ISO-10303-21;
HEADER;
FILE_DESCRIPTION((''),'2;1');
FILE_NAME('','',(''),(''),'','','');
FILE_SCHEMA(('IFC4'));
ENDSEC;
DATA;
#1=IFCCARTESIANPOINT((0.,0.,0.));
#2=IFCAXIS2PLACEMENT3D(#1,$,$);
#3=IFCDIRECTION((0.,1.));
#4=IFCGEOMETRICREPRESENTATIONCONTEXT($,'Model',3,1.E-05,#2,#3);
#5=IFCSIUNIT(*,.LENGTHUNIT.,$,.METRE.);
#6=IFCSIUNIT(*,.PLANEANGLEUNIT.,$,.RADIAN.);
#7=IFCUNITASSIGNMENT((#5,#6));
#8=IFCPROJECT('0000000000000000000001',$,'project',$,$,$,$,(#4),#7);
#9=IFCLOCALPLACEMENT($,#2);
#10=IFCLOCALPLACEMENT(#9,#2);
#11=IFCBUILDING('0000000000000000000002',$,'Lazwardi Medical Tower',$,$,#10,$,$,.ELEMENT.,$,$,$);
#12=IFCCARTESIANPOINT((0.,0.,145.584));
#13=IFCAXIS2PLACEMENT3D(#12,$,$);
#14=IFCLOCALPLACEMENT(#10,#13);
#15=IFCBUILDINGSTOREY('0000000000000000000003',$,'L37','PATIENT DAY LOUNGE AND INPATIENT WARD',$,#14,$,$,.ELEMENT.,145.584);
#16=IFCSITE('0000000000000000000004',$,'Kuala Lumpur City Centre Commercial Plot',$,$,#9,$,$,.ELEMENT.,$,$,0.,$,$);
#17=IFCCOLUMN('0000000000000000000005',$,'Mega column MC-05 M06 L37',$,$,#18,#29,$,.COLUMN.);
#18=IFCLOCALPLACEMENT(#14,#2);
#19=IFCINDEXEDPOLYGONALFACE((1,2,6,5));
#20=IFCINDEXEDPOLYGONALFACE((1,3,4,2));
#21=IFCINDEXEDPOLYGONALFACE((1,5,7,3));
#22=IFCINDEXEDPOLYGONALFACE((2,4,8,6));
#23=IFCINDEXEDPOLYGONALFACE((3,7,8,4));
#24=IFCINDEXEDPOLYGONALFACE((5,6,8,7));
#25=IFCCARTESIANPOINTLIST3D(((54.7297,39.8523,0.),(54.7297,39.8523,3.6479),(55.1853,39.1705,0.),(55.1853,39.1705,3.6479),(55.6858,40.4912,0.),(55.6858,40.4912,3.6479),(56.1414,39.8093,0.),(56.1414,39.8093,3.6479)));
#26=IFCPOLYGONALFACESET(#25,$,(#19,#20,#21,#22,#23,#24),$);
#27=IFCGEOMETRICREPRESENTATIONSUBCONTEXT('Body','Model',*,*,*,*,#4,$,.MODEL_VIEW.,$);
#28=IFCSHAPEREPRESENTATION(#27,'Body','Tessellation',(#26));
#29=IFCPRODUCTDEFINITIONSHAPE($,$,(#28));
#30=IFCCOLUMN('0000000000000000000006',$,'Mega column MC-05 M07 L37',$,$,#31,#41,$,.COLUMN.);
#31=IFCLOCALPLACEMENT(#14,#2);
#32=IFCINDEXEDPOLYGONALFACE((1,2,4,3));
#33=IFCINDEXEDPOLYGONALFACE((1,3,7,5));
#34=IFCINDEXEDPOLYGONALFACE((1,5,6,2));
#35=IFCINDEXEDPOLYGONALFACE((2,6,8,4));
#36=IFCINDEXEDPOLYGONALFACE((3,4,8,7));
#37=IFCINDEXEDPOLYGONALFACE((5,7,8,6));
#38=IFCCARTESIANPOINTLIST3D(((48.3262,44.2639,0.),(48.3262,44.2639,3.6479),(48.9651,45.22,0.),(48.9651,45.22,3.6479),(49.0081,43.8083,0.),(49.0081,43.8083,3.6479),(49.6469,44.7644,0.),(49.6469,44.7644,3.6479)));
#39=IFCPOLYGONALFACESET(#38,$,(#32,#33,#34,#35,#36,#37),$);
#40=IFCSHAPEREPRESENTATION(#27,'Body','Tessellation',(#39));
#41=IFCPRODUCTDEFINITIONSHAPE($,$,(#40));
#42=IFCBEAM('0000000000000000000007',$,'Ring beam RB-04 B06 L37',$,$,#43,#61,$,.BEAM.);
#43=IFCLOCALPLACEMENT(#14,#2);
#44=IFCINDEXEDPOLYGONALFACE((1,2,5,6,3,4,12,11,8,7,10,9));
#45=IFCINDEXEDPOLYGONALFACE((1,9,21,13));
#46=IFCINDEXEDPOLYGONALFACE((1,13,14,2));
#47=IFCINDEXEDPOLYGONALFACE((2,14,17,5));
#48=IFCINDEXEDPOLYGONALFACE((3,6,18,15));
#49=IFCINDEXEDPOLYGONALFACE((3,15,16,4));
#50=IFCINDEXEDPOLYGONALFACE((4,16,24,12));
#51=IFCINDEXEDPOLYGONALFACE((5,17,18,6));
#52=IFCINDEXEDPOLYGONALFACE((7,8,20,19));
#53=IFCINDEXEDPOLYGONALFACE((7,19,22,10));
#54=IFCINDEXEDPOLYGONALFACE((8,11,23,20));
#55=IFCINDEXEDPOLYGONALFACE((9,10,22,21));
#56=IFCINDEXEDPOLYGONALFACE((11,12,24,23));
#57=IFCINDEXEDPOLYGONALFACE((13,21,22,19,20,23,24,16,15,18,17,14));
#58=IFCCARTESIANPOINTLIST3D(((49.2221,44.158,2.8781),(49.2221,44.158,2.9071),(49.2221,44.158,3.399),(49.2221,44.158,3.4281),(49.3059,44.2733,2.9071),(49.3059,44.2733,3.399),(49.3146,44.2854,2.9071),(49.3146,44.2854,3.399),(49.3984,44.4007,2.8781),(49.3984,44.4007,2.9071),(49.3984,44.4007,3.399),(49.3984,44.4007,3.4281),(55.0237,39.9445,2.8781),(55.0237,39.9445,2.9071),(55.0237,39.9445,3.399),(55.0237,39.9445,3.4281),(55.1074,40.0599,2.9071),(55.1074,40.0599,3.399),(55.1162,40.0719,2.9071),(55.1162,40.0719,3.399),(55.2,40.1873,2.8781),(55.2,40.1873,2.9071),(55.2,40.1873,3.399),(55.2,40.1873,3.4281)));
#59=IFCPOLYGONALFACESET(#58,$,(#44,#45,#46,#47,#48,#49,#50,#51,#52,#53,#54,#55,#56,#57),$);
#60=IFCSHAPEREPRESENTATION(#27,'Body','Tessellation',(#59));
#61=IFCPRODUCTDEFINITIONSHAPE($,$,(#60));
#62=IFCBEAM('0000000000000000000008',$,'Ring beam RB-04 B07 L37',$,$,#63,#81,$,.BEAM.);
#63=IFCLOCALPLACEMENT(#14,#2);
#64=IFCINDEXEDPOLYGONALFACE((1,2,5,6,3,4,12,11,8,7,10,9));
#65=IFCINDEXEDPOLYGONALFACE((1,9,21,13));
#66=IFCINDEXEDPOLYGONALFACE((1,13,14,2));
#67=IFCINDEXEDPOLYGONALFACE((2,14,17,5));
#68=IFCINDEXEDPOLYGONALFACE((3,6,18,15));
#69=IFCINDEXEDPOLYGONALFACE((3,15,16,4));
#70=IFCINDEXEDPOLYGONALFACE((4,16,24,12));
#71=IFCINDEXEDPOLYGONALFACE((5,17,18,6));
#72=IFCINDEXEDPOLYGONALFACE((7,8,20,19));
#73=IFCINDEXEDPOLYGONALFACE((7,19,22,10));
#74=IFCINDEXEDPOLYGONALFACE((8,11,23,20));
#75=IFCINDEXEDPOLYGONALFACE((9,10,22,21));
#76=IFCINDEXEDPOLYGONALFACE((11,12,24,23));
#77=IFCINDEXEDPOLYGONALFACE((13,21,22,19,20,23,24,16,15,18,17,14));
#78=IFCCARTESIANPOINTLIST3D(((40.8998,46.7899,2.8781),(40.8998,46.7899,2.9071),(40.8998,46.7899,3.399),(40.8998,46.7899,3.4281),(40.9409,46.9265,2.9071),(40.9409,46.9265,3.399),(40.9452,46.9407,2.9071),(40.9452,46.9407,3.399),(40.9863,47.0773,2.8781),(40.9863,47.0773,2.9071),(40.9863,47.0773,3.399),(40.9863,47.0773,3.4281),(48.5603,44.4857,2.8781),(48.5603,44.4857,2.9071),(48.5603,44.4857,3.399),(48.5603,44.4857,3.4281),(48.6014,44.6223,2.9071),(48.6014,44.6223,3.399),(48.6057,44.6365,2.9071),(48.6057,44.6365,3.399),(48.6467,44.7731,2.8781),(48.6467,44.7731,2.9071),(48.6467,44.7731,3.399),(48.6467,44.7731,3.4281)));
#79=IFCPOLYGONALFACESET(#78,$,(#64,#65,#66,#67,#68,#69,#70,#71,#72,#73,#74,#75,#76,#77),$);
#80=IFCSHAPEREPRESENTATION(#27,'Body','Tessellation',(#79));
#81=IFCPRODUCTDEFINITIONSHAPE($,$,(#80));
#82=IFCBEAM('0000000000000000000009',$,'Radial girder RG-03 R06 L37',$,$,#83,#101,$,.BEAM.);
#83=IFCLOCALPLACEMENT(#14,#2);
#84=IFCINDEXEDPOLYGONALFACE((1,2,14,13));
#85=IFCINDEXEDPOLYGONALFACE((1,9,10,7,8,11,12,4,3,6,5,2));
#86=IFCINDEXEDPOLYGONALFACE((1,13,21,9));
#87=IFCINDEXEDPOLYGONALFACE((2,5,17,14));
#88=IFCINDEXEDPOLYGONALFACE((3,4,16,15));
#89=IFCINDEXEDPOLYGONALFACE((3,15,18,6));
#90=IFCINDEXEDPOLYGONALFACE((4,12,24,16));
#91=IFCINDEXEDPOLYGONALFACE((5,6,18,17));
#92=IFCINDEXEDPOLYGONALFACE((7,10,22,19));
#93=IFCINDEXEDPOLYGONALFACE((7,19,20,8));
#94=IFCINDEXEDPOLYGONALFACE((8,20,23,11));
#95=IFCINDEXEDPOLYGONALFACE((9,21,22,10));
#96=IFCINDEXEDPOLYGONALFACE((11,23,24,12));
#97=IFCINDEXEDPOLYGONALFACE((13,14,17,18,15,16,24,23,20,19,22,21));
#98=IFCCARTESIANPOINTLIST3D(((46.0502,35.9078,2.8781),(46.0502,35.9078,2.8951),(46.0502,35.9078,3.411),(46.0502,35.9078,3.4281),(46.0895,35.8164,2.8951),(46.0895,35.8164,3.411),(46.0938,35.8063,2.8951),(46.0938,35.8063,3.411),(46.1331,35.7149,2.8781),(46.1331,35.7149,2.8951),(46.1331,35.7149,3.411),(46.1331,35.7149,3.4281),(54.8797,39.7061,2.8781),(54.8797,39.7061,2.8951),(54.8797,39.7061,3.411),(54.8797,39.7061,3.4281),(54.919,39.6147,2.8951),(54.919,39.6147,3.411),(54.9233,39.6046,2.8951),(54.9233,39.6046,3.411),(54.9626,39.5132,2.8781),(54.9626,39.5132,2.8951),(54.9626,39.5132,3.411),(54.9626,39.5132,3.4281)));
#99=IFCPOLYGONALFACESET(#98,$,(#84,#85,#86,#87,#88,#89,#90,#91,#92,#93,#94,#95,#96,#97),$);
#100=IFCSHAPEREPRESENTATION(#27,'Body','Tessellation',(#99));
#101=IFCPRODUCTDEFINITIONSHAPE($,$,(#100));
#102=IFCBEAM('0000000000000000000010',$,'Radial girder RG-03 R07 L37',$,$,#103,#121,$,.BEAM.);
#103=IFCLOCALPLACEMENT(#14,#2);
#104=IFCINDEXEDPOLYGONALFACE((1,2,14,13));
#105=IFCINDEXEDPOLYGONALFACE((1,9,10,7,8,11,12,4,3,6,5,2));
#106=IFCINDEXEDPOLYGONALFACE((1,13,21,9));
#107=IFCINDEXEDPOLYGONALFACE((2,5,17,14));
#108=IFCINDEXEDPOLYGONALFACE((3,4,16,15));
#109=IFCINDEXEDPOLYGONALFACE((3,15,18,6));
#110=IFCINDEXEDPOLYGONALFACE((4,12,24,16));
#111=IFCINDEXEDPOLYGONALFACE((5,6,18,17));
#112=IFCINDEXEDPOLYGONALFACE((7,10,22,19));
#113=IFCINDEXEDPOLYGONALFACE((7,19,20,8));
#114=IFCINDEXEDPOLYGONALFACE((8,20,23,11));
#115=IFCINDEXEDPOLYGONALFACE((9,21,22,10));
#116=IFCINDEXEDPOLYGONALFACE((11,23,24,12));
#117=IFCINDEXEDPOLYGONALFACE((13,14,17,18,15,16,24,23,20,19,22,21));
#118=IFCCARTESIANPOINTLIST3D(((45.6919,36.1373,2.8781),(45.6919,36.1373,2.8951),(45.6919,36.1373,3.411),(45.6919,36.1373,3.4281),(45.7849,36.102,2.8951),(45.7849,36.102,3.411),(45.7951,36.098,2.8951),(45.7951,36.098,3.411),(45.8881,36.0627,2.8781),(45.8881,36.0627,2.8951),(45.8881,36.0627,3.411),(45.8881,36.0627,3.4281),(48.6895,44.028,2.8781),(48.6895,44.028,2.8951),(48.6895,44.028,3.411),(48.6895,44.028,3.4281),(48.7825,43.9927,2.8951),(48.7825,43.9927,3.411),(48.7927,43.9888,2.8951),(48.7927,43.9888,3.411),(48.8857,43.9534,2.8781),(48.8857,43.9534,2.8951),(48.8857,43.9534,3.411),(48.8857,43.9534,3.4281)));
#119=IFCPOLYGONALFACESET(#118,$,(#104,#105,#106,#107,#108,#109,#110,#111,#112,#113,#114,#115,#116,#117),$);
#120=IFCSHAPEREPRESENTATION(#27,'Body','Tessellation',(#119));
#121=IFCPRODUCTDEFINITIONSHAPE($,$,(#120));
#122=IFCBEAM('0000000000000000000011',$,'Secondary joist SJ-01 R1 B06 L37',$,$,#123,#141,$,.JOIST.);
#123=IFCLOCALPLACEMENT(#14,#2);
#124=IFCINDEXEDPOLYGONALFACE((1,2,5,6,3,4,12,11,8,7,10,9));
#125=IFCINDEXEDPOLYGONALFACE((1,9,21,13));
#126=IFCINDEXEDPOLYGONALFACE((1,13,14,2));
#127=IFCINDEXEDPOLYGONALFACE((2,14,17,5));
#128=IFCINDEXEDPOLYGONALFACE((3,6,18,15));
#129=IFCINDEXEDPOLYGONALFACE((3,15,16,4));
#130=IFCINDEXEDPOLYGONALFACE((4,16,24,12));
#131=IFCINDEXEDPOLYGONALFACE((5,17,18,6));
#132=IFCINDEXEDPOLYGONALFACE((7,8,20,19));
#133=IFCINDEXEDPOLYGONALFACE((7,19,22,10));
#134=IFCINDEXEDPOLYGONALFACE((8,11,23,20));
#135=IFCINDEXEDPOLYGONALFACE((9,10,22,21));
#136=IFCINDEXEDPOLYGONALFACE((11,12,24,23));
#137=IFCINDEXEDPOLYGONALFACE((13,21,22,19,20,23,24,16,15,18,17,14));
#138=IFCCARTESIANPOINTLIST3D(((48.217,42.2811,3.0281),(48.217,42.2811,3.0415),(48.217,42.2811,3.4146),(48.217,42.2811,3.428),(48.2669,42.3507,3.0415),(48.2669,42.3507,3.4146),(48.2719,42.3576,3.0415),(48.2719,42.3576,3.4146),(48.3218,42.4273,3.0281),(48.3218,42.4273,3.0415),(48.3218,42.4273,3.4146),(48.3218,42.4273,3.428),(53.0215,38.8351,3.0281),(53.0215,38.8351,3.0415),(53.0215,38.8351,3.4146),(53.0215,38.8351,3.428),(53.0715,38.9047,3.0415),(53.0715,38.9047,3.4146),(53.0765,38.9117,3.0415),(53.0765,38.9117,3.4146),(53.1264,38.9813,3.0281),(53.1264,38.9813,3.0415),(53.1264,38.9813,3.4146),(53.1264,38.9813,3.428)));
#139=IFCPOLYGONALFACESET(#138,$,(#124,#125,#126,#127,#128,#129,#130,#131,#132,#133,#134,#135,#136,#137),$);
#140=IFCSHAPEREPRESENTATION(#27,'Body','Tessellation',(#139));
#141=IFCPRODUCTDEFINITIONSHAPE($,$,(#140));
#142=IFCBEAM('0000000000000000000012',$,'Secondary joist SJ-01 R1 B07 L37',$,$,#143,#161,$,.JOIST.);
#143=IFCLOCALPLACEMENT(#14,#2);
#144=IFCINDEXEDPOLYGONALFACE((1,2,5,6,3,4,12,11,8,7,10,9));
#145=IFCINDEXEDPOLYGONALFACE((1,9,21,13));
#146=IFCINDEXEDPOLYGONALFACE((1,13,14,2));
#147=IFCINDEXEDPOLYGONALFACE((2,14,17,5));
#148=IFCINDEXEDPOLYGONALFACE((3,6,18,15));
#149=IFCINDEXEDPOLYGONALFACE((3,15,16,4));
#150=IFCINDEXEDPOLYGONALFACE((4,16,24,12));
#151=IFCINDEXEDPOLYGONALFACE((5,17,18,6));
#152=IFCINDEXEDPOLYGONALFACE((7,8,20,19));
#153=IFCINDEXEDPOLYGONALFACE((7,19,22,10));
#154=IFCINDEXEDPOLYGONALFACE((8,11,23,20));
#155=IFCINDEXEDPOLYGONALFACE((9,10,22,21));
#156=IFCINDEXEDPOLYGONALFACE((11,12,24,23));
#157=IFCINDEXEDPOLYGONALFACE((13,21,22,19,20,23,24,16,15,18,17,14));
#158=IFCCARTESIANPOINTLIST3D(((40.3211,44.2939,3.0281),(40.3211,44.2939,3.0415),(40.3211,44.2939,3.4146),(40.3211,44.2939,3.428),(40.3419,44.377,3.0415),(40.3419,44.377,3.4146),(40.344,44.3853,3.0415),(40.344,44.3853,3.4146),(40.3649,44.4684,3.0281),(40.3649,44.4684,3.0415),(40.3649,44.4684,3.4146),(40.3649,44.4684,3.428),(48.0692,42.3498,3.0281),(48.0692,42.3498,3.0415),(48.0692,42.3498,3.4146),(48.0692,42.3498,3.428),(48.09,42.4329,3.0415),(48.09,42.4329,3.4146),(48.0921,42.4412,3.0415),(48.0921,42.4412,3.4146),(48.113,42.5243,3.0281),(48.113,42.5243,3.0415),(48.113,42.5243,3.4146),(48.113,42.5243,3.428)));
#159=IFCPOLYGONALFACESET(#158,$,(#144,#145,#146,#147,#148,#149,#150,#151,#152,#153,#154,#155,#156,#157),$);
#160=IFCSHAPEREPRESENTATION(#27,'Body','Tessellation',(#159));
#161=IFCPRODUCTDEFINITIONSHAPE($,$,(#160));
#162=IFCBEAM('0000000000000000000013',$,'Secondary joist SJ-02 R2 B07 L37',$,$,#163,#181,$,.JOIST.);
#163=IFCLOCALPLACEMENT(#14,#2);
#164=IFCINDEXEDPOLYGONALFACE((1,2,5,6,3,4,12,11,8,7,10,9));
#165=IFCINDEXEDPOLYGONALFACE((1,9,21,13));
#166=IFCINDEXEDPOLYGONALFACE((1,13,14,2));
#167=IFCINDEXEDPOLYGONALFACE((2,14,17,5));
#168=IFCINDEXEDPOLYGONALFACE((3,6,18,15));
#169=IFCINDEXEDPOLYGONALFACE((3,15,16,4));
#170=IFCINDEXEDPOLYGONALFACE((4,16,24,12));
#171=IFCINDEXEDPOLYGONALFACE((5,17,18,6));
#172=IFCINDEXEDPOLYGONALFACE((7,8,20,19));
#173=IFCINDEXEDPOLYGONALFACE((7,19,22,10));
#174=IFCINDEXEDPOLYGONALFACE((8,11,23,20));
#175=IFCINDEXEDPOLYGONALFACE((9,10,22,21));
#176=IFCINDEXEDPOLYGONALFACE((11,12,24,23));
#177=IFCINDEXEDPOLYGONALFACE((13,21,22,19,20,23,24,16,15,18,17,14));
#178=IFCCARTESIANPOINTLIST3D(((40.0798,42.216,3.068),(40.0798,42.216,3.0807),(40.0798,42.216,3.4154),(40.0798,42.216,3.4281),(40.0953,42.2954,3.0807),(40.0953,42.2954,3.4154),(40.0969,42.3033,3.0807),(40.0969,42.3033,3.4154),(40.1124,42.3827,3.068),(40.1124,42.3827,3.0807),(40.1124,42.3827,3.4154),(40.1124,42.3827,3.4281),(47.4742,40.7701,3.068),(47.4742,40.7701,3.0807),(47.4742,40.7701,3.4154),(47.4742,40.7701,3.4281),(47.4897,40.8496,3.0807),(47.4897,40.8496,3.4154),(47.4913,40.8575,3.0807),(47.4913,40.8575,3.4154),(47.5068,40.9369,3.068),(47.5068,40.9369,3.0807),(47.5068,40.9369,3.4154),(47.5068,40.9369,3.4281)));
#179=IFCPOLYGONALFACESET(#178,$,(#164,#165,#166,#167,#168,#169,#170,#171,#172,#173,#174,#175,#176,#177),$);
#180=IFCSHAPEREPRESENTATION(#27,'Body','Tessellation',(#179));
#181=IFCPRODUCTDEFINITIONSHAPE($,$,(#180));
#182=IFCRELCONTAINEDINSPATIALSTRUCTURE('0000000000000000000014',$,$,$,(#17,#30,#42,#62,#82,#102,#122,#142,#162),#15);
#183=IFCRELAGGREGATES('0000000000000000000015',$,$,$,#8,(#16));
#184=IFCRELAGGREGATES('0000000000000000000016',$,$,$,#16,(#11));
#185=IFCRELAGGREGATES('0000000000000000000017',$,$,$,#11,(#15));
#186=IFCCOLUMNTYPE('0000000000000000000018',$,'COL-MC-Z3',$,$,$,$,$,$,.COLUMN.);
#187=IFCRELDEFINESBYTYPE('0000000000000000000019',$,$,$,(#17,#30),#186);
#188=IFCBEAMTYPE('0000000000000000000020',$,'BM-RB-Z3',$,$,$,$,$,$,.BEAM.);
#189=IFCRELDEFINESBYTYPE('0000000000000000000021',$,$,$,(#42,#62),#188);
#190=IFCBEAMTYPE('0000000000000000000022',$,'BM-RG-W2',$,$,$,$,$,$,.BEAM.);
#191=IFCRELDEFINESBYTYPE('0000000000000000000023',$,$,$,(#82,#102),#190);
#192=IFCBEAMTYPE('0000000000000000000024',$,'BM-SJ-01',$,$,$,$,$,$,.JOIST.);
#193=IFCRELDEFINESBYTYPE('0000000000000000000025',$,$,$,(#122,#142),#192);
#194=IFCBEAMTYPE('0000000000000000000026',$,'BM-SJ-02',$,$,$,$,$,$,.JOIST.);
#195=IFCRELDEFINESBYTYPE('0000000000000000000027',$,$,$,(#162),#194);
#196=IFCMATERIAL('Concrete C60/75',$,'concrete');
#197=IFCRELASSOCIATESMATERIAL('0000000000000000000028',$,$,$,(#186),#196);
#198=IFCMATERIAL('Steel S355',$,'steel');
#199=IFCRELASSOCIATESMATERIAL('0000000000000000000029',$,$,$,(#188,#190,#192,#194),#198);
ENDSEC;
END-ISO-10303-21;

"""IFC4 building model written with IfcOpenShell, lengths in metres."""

from ifc_helpers import new_model, si_unit, direction, frame, origin, origin_2d, place, context, subcontext, project, spatial, rectangle, i_section, extrude, material, material_profile, profile_set, type_object, element, save


model = new_model("IFC4")

# Units and contexts
model_context = context("Model", 3, precision=1e-05, world=origin(), true_north=direction((0.0, 1.0)))
body_context = subcontext(model_context, "Body", "Model", "MODEL_VIEW")
ifc_project = project(units=[si_unit("LENGTHUNIT", "METRE"), si_unit("PLANEANGLEUNIT", "RADIAN")], contexts=[model_context])

# Site, building, storey
site_placement = place(None, origin())
site = spatial("IfcSite", under=ifc_project, at=site_placement, Name="Kuala Lumpur City Centre Commercial Plot", CompositionType="ELEMENT", RefElevation=0.0)
building_placement = place(site_placement, origin())
building = spatial("IfcBuilding", under=site, at=building_placement, Name="Lazwardi Medical Tower", CompositionType="ELEMENT")
storey_placement = place(building_placement, frame((0.0, 0.0, 145.584)))
storey = spatial("IfcBuildingStorey", under=building, at=storey_placement, Name="L37", Description="PATIENT DAY LOUNGE AND INPATIENT WARD", CompositionType="ELEMENT", Elevation=145.584)

# Columns
ifc_material_1 = material(Name="Concrete C60/75", Category="concrete")
ifc_material_profile_1 = material_profile(ifc_material_1, rectangle(XDim=1.1499, YDim=0.8201, at=origin_2d()), Name="CFT-RECT 1150x820")
ifc_profile_set_1 = profile_set([ifc_material_profile_1], Name="Concrete C60/75")
column_type = type_object("IfcColumnType", Name="COL-MC-Z3", PredefinedType="COLUMN", material=ifc_profile_set_1)
for number, where, z_axis, x_axis, name in (
    (1, (55.4355, 39.8308, 0.0), (0.0, 0.0, 1.0), (0.83147, 0.55557, 0.0), "Mega column MC-05 M06 L37"),
    (2, (48.9866, 44.5142, 0.0), (0.0, 0.0, 1.0), (0.55557, 0.83147, 0.0), "Mega column MC-05 M07 L37"),
):
    element("IfcColumn", number, at=place(storey_placement, frame(where, z_axis=z_axis, x_axis=x_axis)), inside=storey, type_object=column_type, Name=name, PredefinedType="COLUMN", context=body_context, shape_type="SweptSolid", body=[
        extrude(rectangle(XDim=1.1499, YDim=0.8201, at=origin_2d()), origin(), (0.0, 0.0, 1.0), 3.6479),
    ])

# Beams
ifc_material_2 = material(Name="Steel S355", Category="steel")
ifc_material_profile_2 = material_profile(ifc_material_2, i_section(OverallWidth=0.3, OverallDepth=0.55, WebThickness=0.0149, FlangeThickness=0.0291, at=origin_2d()), Name="HEB 550")
ifc_profile_set_2 = profile_set([ifc_material_profile_2], Name="Steel S355")
beam_type_1 = type_object("IfcBeamType", Name="BM-RB-Z3", PredefinedType="BEAM", material=ifc_profile_set_2)
beam_1_placement = place(storey_placement, frame((55.1118, 40.0659, 3.1531), z_axis=(-0.809128, 0.587633, 0.0), x_axis=(-0.587633, -0.809128, 0.0)))
element("IfcBeam", 3, at=beam_1_placement, inside=storey, type_object=beam_type_1, Name="Ring beam RB-04 B06 L37", PredefinedType="BEAM", context=body_context, shape_type="SweptSolid", body=[
    extrude(i_section(OverallWidth=0.3, OverallDepth=0.55, WebThickness=0.0149, FlangeThickness=0.0291, at=origin_2d()), origin(), (0.0, 0.0, 1.0), 7.1702),
])
beam_2_placement = place(storey_placement, frame((48.6035, 44.6294, 3.1531), z_axis=(-0.957617, 0.288045, 0.0), x_axis=(-0.288045, -0.957617, 0.0)))
element("IfcBeam", 4, at=beam_2_placement, inside=storey, type_object=beam_type_1, Name="Ring beam RB-04 B07 L37", PredefinedType="BEAM", context=body_context, shape_type="SweptSolid", body=[
    extrude(i_section(OverallWidth=0.3, OverallDepth=0.55, WebThickness=0.0149, FlangeThickness=0.0291, at=origin_2d()), origin(), (0.0, 0.0, 1.0), 7.9995),
])
ifc_material_profile_3 = material_profile(ifc_material_2, i_section(OverallWidth=0.21, OverallDepth=0.55, WebThickness=0.011, FlangeThickness=0.0171, at=origin_2d()), Name="IPE 550")
ifc_profile_set_3 = profile_set([ifc_material_profile_3], Name="Steel S355")
beam_type_2 = type_object("IfcBeamType", Name="BM-RG-W2", PredefinedType="BEAM", material=ifc_profile_set_3)
beam_3_placement = place(storey_placement, frame((54.9211, 39.6096, 3.1531), z_axis=(-0.918608, -0.39517, 0.0), x_axis=(0.39517, -0.918608, 0.0)))
element("IfcBeam", 5, at=beam_3_placement, inside=storey, type_object=beam_type_2, Name="Radial girder RG-03 R06 L37", PredefinedType="BEAM", context=body_context, shape_type="SweptSolid", body=[
    extrude(i_section(OverallWidth=0.21, OverallDepth=0.55, WebThickness=0.011, FlangeThickness=0.0171, at=origin_2d()), origin(), (0.0, 0.0, 1.0), 9.6118),
])
beam_4_placement = place(storey_placement, frame((48.7876, 43.9907, 3.1531), z_axis=(-0.355127, -0.934818, 0.0), x_axis=(0.934818, -0.355127, 0.0)))
element("IfcBeam", 6, at=beam_4_placement, inside=storey, type_object=beam_type_2, Name="Radial girder RG-03 R07 L37", PredefinedType="BEAM", context=body_context, shape_type="SweptSolid", body=[
    extrude(i_section(OverallWidth=0.21, OverallDepth=0.55, WebThickness=0.011, FlangeThickness=0.0171, at=origin_2d()), origin(), (0.0, 0.0, 1.0), 8.4409),
])
ifc_material_profile_4 = material_profile(ifc_material_2, i_section(OverallWidth=0.1799, OverallDepth=0.3999, WebThickness=0.0085, FlangeThickness=0.0134, at=origin_2d()), Name="IPE 400")
ifc_profile_set_4 = profile_set([ifc_material_profile_4], Name="Steel S355")
beam_type_3 = type_object("IfcBeamType", Name="BM-SJ-01", PredefinedType="JOIST", material=ifc_profile_set_4)
beam_5_placement = place(storey_placement, frame((53.074, 38.9082, 3.228), z_axis=(-0.812602, 0.582819, 0.0), x_axis=(-0.582819, -0.812602, 0.0)))
element("IfcBeam", 7, at=beam_5_placement, inside=storey, type_object=beam_type_3, Name="Secondary joist SJ-01 R1 B06 L37", PredefinedType="JOIST", context=body_context, shape_type="SweptSolid", body=[
    extrude(i_section(OverallWidth=0.1799, OverallDepth=0.3999, WebThickness=0.0085, FlangeThickness=0.0134, at=origin_2d()), origin(), (0.0, 0.0, 1.0), 5.9126),
])
beam_6_placement = place(storey_placement, frame((48.0911, 42.437, 3.228), z_axis=(-0.969934, 0.24337, 0.0), x_axis=(-0.24337, -0.969934, 0.0)))
element("IfcBeam", 8, at=beam_6_placement, inside=storey, type_object=beam_type_3, Name="Secondary joist SJ-01 R1 B07 L37", PredefinedType="JOIST", context=body_context, shape_type="SweptSolid", body=[
    extrude(i_section(OverallWidth=0.1799, OverallDepth=0.3999, WebThickness=0.0085, FlangeThickness=0.0134, at=origin_2d()), origin(), (0.0, 0.0, 1.0), 7.9883),
])
ifc_material_profile_5 = material_profile(ifc_material_2, i_section(OverallWidth=0.1699, OverallDepth=0.3601, WebThickness=0.0081, FlangeThickness=0.0127, at=origin_2d()), Name="IPE 360")
ifc_profile_set_5 = profile_set([ifc_material_profile_5], Name="Steel S355")
beam_type_4 = type_object("IfcBeamType", Name="BM-SJ-02", PredefinedType="JOIST", material=ifc_profile_set_5)
beam_7_placement = place(storey_placement, frame((47.4905, 40.8535, 3.248), z_axis=(-0.981415, 0.191896, 0.0), x_axis=(-0.191896, -0.981415, 0.0)))
element("IfcBeam", 9, at=beam_7_placement, inside=storey, type_object=beam_type_4, Name="Secondary joist SJ-02 R2 B07 L37", PredefinedType="JOIST", context=body_context, shape_type="SweptSolid", body=[
    extrude(i_section(OverallWidth=0.1699, OverallDepth=0.3601, WebThickness=0.0081, FlangeThickness=0.0127, at=origin_2d()), origin(), (0.0, 0.0, 1.0), 7.5344),
])

save(model, "model.ifc")
